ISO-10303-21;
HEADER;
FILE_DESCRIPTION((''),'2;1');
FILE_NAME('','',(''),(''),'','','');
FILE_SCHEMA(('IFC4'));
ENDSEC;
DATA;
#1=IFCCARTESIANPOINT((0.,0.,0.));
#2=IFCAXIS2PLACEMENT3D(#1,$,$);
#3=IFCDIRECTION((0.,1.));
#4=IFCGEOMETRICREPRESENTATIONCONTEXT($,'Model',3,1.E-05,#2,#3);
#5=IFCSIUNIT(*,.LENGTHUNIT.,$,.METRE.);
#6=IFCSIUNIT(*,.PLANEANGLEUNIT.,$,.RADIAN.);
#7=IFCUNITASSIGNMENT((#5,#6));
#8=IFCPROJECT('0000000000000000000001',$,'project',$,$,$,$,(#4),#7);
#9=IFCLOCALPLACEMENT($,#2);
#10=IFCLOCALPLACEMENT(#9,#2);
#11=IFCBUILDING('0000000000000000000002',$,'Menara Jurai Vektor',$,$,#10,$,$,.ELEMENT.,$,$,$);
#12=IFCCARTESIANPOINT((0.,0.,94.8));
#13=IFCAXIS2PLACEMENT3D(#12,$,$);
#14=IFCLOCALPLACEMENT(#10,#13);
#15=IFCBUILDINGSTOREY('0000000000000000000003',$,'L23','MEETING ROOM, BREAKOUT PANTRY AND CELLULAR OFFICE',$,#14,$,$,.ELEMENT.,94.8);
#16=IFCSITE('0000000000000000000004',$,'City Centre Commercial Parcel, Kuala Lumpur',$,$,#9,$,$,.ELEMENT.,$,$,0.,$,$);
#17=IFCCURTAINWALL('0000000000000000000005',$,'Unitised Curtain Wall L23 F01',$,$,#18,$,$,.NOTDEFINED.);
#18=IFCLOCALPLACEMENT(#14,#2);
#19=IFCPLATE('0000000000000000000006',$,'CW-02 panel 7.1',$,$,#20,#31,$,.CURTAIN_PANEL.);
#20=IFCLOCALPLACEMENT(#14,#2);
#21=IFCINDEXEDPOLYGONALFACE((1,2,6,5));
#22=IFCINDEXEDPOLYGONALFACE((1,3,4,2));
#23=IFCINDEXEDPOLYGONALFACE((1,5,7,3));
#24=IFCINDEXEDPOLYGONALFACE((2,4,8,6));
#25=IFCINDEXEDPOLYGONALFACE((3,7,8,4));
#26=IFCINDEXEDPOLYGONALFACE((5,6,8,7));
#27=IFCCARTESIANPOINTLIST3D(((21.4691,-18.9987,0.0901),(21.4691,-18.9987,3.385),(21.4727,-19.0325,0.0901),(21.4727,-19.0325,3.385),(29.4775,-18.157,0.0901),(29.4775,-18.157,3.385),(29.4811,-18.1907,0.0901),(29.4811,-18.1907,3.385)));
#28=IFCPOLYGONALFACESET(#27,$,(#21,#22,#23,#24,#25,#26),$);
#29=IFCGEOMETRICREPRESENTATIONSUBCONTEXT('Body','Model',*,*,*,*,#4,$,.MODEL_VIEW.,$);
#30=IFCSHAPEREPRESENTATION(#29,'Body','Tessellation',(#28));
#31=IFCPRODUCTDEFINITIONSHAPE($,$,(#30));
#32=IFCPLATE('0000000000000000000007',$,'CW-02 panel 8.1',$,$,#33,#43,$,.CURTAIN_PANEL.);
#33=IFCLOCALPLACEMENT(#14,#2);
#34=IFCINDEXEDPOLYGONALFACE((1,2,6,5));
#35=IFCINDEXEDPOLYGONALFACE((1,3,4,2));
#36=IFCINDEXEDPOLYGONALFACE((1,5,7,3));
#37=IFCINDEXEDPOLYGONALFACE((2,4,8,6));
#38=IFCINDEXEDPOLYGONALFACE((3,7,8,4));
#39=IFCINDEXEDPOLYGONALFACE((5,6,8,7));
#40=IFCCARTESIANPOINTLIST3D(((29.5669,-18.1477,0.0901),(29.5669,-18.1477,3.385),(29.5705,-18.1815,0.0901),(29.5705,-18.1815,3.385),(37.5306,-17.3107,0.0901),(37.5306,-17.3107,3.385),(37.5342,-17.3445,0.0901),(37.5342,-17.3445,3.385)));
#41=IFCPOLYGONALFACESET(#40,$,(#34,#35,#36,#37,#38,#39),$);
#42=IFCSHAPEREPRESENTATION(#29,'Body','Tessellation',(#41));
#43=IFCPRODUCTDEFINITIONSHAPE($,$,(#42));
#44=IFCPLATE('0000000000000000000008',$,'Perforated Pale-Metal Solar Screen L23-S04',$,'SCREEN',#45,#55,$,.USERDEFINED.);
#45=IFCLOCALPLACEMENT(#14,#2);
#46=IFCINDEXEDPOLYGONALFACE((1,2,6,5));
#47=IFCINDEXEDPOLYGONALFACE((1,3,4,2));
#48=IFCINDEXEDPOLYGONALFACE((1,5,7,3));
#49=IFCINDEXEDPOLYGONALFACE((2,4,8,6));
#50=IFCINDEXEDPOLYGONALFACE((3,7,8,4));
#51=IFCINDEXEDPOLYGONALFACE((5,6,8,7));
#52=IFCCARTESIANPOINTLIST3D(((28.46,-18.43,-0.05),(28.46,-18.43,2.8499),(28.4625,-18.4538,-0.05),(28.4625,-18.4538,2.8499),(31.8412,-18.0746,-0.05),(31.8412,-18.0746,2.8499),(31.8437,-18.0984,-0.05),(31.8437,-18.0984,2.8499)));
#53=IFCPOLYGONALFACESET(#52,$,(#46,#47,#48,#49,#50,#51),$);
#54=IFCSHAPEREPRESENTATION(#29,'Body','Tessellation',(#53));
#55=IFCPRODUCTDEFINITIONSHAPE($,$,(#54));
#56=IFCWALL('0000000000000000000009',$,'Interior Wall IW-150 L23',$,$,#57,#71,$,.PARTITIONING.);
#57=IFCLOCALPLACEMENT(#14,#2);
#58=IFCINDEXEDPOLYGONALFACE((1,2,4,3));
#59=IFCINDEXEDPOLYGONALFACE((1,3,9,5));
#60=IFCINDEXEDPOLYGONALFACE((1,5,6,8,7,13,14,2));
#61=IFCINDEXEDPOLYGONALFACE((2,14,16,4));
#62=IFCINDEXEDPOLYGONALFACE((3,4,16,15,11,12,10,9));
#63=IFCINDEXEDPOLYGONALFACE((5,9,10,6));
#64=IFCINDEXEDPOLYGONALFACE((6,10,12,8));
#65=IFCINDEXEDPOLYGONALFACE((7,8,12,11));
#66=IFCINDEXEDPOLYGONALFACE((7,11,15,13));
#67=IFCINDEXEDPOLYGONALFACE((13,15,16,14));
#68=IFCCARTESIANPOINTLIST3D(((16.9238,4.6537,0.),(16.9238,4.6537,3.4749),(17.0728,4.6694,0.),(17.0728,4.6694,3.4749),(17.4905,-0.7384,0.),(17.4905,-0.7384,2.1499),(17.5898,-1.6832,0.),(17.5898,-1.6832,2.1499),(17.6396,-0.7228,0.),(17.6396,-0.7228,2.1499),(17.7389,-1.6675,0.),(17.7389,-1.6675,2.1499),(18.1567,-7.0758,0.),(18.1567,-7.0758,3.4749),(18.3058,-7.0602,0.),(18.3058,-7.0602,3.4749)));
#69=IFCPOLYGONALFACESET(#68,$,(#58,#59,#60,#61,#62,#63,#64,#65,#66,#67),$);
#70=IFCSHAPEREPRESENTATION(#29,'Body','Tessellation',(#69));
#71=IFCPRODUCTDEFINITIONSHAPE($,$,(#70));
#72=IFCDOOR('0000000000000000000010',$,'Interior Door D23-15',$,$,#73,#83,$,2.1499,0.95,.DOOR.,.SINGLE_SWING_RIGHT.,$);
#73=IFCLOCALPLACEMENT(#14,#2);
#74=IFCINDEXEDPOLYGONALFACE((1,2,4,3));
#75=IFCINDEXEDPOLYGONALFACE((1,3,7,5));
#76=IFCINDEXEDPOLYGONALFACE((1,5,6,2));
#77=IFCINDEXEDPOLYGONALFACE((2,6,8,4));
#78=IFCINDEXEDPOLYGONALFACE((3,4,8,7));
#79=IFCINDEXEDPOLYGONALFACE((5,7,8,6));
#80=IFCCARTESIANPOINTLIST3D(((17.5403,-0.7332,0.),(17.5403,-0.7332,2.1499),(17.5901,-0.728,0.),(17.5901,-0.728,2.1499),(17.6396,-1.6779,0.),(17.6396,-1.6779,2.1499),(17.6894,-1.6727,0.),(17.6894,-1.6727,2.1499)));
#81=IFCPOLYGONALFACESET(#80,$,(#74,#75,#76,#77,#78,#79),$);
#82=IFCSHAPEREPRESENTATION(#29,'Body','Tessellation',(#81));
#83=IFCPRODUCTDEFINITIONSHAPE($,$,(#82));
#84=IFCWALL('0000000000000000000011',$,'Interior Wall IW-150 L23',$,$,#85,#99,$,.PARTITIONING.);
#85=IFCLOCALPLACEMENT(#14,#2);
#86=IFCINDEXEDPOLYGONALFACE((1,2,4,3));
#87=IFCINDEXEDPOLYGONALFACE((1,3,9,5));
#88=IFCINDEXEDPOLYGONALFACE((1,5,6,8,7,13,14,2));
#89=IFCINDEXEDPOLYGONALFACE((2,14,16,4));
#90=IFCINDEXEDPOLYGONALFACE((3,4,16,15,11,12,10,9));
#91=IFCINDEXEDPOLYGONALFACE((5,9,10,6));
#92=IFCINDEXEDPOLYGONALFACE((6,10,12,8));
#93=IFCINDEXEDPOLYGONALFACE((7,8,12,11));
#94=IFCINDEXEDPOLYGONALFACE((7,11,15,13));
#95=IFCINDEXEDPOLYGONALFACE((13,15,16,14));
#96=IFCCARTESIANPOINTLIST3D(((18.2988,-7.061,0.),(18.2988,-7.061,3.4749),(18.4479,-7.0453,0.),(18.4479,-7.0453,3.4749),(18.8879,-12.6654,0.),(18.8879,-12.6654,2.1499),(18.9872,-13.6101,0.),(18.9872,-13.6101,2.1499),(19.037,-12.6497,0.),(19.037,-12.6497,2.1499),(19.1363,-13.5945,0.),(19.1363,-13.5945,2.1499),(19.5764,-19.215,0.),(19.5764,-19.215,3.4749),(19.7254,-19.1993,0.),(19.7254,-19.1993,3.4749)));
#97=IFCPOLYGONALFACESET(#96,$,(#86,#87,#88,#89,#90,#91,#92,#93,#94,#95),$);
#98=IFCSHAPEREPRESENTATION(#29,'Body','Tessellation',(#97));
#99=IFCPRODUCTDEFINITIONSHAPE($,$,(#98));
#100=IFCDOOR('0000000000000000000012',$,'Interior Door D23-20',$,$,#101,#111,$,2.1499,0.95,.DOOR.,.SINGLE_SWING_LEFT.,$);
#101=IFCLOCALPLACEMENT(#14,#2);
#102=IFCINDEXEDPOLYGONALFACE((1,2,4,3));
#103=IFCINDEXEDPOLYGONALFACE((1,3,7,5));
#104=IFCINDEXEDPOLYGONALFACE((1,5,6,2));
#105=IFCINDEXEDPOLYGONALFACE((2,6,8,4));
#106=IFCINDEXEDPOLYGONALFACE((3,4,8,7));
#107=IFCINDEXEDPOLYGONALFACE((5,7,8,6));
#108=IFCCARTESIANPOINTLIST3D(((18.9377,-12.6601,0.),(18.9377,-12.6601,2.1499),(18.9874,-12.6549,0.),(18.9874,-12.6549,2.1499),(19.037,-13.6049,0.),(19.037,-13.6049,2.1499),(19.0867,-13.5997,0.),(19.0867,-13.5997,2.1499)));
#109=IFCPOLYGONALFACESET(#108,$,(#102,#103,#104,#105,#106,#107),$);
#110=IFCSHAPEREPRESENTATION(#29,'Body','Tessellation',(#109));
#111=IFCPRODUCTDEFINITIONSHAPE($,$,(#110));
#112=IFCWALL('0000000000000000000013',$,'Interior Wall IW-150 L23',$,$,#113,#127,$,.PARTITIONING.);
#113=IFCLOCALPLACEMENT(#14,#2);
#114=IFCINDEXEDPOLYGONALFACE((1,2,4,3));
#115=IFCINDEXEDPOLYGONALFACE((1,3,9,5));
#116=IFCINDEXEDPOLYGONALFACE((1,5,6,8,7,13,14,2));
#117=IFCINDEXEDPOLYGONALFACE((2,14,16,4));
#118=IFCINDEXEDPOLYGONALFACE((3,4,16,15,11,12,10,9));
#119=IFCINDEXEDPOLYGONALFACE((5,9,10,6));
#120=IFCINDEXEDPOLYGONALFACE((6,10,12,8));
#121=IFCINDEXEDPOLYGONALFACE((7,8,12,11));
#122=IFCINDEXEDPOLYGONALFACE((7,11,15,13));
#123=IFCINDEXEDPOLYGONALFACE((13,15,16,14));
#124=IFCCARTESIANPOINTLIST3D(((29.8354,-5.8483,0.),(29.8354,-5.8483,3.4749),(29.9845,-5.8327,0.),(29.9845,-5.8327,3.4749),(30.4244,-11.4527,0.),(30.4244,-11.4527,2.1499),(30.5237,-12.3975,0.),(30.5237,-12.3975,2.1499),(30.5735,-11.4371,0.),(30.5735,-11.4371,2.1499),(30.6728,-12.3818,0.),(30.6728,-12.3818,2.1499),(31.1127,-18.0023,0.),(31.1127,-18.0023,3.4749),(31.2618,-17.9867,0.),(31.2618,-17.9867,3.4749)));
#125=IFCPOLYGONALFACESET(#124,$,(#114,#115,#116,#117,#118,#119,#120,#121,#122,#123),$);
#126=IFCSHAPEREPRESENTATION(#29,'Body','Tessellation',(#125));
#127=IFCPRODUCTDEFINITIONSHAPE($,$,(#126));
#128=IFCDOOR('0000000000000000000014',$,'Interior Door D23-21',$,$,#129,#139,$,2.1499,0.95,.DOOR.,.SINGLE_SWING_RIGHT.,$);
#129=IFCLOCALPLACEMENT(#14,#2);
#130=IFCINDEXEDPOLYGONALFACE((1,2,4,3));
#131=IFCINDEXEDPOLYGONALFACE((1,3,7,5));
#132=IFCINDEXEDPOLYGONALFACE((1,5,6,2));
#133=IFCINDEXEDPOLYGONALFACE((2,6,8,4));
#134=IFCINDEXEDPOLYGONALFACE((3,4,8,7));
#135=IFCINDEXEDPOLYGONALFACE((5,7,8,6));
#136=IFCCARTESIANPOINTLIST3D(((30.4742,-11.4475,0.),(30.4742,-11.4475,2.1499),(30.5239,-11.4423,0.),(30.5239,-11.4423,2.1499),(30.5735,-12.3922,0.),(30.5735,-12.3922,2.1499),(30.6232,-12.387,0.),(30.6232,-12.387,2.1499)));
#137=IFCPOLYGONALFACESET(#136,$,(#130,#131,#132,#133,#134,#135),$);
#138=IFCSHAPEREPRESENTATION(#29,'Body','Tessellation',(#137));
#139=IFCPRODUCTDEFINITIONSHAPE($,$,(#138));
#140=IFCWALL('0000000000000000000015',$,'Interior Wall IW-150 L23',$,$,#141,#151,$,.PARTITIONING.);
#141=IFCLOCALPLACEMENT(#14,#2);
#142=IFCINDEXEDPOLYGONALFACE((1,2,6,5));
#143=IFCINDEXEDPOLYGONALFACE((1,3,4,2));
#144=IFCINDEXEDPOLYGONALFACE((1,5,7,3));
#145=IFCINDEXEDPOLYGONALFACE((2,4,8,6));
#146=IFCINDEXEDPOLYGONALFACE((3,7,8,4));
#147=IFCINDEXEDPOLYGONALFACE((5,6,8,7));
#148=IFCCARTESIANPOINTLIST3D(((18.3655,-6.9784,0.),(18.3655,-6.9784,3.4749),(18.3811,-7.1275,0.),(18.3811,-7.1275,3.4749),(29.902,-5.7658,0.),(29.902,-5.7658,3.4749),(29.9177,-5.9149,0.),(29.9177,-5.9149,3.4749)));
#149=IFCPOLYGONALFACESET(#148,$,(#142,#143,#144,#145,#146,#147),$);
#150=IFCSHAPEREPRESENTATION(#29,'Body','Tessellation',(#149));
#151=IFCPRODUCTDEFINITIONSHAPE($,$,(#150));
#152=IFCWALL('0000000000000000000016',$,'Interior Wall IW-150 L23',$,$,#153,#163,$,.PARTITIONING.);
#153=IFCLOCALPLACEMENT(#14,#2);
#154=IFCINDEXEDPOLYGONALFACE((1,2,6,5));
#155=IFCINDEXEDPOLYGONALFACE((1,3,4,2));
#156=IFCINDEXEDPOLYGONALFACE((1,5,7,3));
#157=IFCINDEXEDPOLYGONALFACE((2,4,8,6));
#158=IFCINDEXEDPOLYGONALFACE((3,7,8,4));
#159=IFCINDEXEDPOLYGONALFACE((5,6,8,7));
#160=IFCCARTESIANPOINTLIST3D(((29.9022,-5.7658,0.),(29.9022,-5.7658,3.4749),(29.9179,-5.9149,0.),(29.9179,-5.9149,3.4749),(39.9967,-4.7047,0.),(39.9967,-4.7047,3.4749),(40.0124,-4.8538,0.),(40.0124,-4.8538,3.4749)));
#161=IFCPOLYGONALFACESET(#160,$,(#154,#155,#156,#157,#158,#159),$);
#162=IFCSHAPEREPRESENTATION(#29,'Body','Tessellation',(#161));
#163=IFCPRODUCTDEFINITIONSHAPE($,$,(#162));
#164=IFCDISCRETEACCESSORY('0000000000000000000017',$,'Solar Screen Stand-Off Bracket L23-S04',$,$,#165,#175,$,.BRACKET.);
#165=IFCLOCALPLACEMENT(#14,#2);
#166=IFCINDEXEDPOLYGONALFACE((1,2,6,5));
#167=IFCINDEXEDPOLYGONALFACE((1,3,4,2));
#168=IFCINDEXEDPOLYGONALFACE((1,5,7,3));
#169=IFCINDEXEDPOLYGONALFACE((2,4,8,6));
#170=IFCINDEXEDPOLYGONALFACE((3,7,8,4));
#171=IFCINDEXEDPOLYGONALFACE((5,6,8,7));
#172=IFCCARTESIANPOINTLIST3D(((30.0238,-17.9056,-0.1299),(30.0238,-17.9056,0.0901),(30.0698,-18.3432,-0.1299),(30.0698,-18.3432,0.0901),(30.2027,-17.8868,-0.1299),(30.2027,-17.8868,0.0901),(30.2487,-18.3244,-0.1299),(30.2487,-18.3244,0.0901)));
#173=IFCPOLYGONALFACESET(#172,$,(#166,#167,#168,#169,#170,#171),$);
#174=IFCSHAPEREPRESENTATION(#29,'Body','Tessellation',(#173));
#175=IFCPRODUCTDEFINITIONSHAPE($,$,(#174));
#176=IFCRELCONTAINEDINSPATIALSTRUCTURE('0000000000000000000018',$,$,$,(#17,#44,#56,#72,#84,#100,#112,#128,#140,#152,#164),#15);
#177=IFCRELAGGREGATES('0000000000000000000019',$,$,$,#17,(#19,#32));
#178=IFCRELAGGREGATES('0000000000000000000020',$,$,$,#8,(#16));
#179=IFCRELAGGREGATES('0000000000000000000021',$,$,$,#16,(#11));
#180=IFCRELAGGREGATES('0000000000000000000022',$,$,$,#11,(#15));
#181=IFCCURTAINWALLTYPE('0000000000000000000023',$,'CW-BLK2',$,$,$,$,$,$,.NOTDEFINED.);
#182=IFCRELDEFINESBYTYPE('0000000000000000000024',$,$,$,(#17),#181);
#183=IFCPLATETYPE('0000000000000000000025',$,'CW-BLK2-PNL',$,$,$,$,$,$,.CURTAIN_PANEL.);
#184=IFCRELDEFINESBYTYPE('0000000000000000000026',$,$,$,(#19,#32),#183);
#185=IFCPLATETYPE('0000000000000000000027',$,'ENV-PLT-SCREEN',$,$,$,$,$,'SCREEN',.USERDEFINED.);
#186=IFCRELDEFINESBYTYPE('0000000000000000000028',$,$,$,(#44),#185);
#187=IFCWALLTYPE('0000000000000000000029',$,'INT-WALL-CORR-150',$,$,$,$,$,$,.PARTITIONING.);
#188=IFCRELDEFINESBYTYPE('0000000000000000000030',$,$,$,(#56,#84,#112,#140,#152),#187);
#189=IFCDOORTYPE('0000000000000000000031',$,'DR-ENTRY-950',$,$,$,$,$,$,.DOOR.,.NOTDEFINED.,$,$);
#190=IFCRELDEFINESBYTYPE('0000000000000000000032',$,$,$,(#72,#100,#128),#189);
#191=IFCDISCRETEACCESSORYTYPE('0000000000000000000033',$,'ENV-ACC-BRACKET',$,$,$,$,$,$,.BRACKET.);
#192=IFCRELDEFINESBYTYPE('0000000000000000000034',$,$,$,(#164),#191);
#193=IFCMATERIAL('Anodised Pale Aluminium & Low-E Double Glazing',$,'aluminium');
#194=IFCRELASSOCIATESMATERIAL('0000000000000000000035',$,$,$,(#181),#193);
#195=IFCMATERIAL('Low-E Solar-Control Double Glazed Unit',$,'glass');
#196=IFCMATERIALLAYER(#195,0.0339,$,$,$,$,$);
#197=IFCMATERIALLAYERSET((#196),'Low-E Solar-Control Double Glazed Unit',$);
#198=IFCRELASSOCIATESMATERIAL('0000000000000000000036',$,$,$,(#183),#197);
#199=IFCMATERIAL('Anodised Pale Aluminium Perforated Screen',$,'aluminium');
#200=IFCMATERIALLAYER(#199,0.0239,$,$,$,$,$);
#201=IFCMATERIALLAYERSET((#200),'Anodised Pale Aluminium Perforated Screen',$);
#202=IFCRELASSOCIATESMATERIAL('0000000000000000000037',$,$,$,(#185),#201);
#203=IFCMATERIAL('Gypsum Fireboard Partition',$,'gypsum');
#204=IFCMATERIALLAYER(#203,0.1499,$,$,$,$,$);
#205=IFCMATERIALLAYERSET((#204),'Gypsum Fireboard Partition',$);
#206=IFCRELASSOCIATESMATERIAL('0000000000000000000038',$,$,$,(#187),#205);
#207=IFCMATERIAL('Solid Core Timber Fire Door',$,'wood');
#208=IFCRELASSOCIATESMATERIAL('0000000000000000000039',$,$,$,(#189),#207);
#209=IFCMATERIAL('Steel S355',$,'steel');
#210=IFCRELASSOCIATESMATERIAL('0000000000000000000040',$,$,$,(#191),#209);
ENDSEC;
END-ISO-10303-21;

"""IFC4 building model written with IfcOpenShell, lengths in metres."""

from ifc_helpers import new_model, si_unit, direction, frame, frame_2d, origin, origin_2d, place, context, subcontext, project, spatial, rectangle, extrude, material, layer, layer_set, type_object, element, fill, aggregate, save


model = new_model("IFC4")

# Units and contexts
model_context = context("Model", 3, precision=1e-05, world=origin(), true_north=direction((0.0, 1.0)))
body_context = subcontext(model_context, "Body", "Model", "MODEL_VIEW")
ifc_project = project(units=[si_unit("LENGTHUNIT", "METRE"), si_unit("PLANEANGLEUNIT", "RADIAN")], contexts=[model_context])

# Site, building, storey
site_placement = place(None, origin())
site = spatial("IfcSite", under=ifc_project, at=site_placement, Name="City Centre Commercial Parcel, Kuala Lumpur", CompositionType="ELEMENT", RefElevation=0.0)
building_placement = place(site_placement, origin())
building = spatial("IfcBuilding", under=site, at=building_placement, Name="Menara Jurai Vektor", CompositionType="ELEMENT")
storey_placement = place(building_placement, frame((0.0, 0.0, 94.8)))
storey = spatial("IfcBuildingStorey", under=building, at=storey_placement, Name="L23", Description="MEETING ROOM, BREAKOUT PANTRY AND CELLULAR OFFICE", CompositionType="ELEMENT", Elevation=94.8)

# Curtain wall
ifc_material_1 = material(Name="Anodised Pale Aluminium & Low-E Double Glazing", Category="aluminium")
curtain_wall_type = type_object("IfcCurtainWallType", Name="CW-BLK2", PredefinedType="NOTDEFINED", material=ifc_material_1)
curtain_wall_placement = place(storey_placement, origin())
curtain_wall = element("IfcCurtainWall", 1, at=curtain_wall_placement, inside=storey, type_object=curtain_wall_type, Name="Unitised Curtain Wall L23 F01", PredefinedType="NOTDEFINED")

# Shared definitions
ifc_material_2 = material(Name="Steel S355", Category="steel")

# Plates
ifc_material_3 = material(Name="Low-E Solar-Control Double Glazed Unit", Category="glass")
ifc_layer_1 = layer(ifc_material_3, 0.0339)
ifc_layer_set_1 = layer_set([ifc_layer_1], Name="Low-E Solar-Control Double Glazed Unit")
plate_type_1 = type_object("IfcPlateType", Name="CW-BLK2-PNL", PredefinedType="CURTAIN_PANEL", material=ifc_layer_set_1)
plate_1_placement = place(storey_placement, frame((25.4751, -18.5947, 0.0901), z_axis=(0.0, 0.0, 1.0), x_axis=(0.994522, 0.104529, 0.0)))
plate_1 = element("IfcPlate", 2, at=plate_1_placement, type_object=plate_type_1, Name="CW-02 panel 7.1", PredefinedType="CURTAIN_PANEL", context=body_context, shape_type="SweptSolid", body=[
    extrude(rectangle(XDim=8.0525, YDim=0.0339, at=origin_2d()), origin(), (0.0, 0.0, 1.0), 3.2949),
])
plate_2_placement = place(storey_placement, frame((33.5505, -17.7461, 0.0901), z_axis=(0.0, 0.0, 1.0), x_axis=(0.994522, 0.104529, 0.0)))
plate_2 = element("IfcPlate", 3, at=plate_2_placement, type_object=plate_type_1, Name="CW-02 panel 8.1", PredefinedType="CURTAIN_PANEL", context=body_context, shape_type="SweptSolid", body=[
    extrude(rectangle(XDim=8.0076, YDim=0.0339, at=origin_2d()), origin(), (0.0, 0.0, 1.0), 3.2949),
])
aggregate(curtain_wall, [plate_1, plate_2])
ifc_material_4 = material(Name="Anodised Pale Aluminium Perforated Screen", Category="aluminium")
ifc_layer_2 = layer(ifc_material_4, 0.0239)
ifc_layer_set_2 = layer_set([ifc_layer_2], Name="Anodised Pale Aluminium Perforated Screen")
plate_type_2 = type_object("IfcPlateType", Name="ENV-PLT-SCREEN", ElementType="SCREEN", PredefinedType="USERDEFINED", material=ifc_layer_set_2)
plate_3_placement = place(storey_placement, frame((30.1519, -18.2642, -0.05), z_axis=(0.0, 0.0, 1.0), x_axis=(0.994522, 0.104528, 0.0)))
element("IfcPlate", 4, at=plate_3_placement, inside=storey, type_object=plate_type_2, Name="Perforated Pale-Metal Solar Screen L23-S04", ObjectType="SCREEN", PredefinedType="USERDEFINED", context=body_context, shape_type="SweptSolid", body=[
    extrude(rectangle(XDim=3.3999, YDim=0.0239, at=origin_2d()), origin(), (0.0, 0.0, 1.0), 2.8999),
])

# Walls, openings, doors
ifc_material_5 = material(Name="Gypsum Fireboard Partition", Category="gypsum")
ifc_layer_3 = layer(ifc_material_5, 0.1499)
ifc_layer_set_3 = layer_set([ifc_layer_3], Name="Gypsum Fireboard Partition")
wall_type = type_object("IfcWallType", Name="INT-WALL-CORR-150", PredefinedType="PARTITIONING", material=ifc_layer_set_3)
wall_1_placement = place(storey_placement, frame((18.2312, -7.0679, 0.0), z_axis=(0.0, 0.0, 1.0), x_axis=(-0.104536, 0.994521, 0.0)))
wall_1 = element("IfcWall", 5, at=wall_1_placement, inside=storey, type_object=wall_type, Name="Interior Wall IW-150 L23", PredefinedType="PARTITIONING", context=body_context, shape_type="SweptSolid", body=[
    extrude(rectangle(XDim=11.7942, YDim=0.1499, at=frame_2d((5.897, 0.0))), origin(), (0.0, 0.0, 1.0), 3.4749),
])
opening_1_placement = place(wall_1_placement, frame((5.4221, 0.0, 0.0)))
opening_1 = element("IfcOpeningElement", 6, at=opening_1_placement, cuts=wall_1, PredefinedType="OPENING", context=body_context, shape_type="SweptSolid", body=[
    extrude(rectangle(XDim=0.95, YDim=2.1499, at=frame_2d((0.4751, 1.075))), frame((0.0, 0.085, 0.0), z_axis=(0.0, -1.0, 0.0), x_axis=(1.0, 0.0, 0.0)), (0.0, 0.0, 1.0), 0.1699),
])
ifc_material_6 = material(Name="Solid Core Timber Fire Door", Category="wood")
door_type = type_object("IfcDoorType", Name="DR-ENTRY-950", OperationType="NOTDEFINED", PredefinedType="DOOR", material=ifc_material_6)
door_1_placement = place(opening_1_placement, origin())
door_1 = element("IfcDoor", 7, at=door_1_placement, inside=storey, type_object=door_type, Name="Interior Door D23-15", OperationType="SINGLE_SWING_RIGHT", OverallHeight=2.1499, OverallWidth=0.95, PredefinedType="DOOR", context=body_context, shape_type="SweptSolid", body=[
    extrude(rectangle(XDim=0.95, YDim=2.1499, at=frame_2d((0.4751, 1.075))), frame((0.0, 0.0249, 0.0), z_axis=(0.0, -1.0, 0.0), x_axis=(1.0, 0.0, 0.0)), (0.0, 0.0, 1.0), 0.05),
])
fill(opening_1, door_1)
wall_2_placement = place(storey_placement, frame((19.6509, -19.207, 0.0), z_axis=(0.0, 0.0, 1.0), x_axis=(-0.10454, 0.994521, 0.0)))
wall_2 = element("IfcWall", 8, at=wall_2_placement, inside=storey, type_object=wall_type, Name="Interior Wall IW-150 L23", PredefinedType="PARTITIONING", context=body_context, shape_type="SweptSolid", body=[
    extrude(rectangle(XDim=12.2209, YDim=0.1499, at=frame_2d((6.1104, 0.0))), origin(), (0.0, 0.0, 1.0), 3.4749),
])
opening_2_placement = place(wall_2_placement, frame((5.6355, 0.0, 0.0)))
opening_2 = element("IfcOpeningElement", 9, at=opening_2_placement, cuts=wall_2, PredefinedType="OPENING", context=body_context, shape_type="SweptSolid", body=[
    extrude(rectangle(XDim=0.95, YDim=2.1499, at=frame_2d((0.4751, 1.075))), frame((0.0, 0.085, 0.0), z_axis=(0.0, -1.0, 0.0), x_axis=(1.0, 0.0, 0.0)), (0.0, 0.0, 1.0), 0.1699),
])
door_2_placement = place(opening_2_placement, origin())
door_2 = element("IfcDoor", 10, at=door_2_placement, inside=storey, type_object=door_type, Name="Interior Door D23-20", OperationType="SINGLE_SWING_LEFT", OverallHeight=2.1499, OverallWidth=0.95, PredefinedType="DOOR", context=body_context, shape_type="SweptSolid", body=[
    extrude(rectangle(XDim=0.95, YDim=2.1499, at=frame_2d((0.4751, 1.075))), frame((0.0, 0.0249, 0.0), z_axis=(0.0, -1.0, 0.0), x_axis=(1.0, 0.0, 0.0)), (0.0, 0.0, 1.0), 0.05),
])
fill(opening_2, door_2)
wall_3_placement = place(storey_placement, frame((31.1873, -17.9944, 0.0), z_axis=(0.0, 0.0, 1.0), x_axis=(-0.10452, 0.994523, 0.0)))
wall_3 = element("IfcWall", 11, at=wall_3_placement, inside=storey, type_object=wall_type, Name="Interior Wall IW-150 L23", PredefinedType="PARTITIONING", context=body_context, shape_type="SweptSolid", body=[
    extrude(rectangle(XDim=12.2209, YDim=0.1499, at=frame_2d((6.1104, 0.0))), origin(), (0.0, 0.0, 1.0), 3.4749),
])
opening_3_placement = place(wall_3_placement, frame((5.6355, 0.0, 0.0)))
opening_3 = element("IfcOpeningElement", 12, at=opening_3_placement, cuts=wall_3, PredefinedType="OPENING", context=body_context, shape_type="SweptSolid", body=[
    extrude(rectangle(XDim=0.95, YDim=2.1499, at=frame_2d((0.4751, 1.075))), frame((0.0, 0.085, 0.0), z_axis=(0.0, -1.0, 0.0), x_axis=(1.0, 0.0, 0.0)), (0.0, 0.0, 1.0), 0.1699),
])
door_3_placement = place(opening_3_placement, origin())
door_3 = element("IfcDoor", 13, at=door_3_placement, inside=storey, type_object=door_type, Name="Interior Door D23-21", OperationType="SINGLE_SWING_RIGHT", OverallHeight=2.1499, OverallWidth=0.95, PredefinedType="DOOR", context=body_context, shape_type="SweptSolid", body=[
    extrude(rectangle(XDim=0.95, YDim=2.1499, at=frame_2d((0.4751, 1.075))), frame((0.0, 0.0249, 0.0), z_axis=(0.0, -1.0, 0.0), x_axis=(1.0, 0.0, 0.0)), (0.0, 0.0, 1.0), 0.05),
])
fill(opening_3, door_3)

# Walls
wall_4_placement = place(storey_placement, frame((18.3733, -7.053, 0.0), z_axis=(0.0, 0.0, 1.0), x_axis=(0.994521, 0.104537, 0.0)))
element("IfcWall", 14, at=wall_4_placement, inside=storey, type_object=wall_type, Name="Interior Wall IW-150 L23", PredefinedType="PARTITIONING", context=body_context, shape_type="SweptSolid", body=[
    extrude(rectangle(XDim=11.6001, YDim=0.1499, at=frame_2d((5.8, 0.0))), origin(), (0.0, 0.0, 1.0), 3.4749),
])
wall_5_placement = place(storey_placement, frame((29.9099, -5.8403, 0.0), z_axis=(0.0, 0.0, 1.0), x_axis=(0.994521, 0.104535, 0.0)))
element("IfcWall", 15, at=wall_5_placement, inside=storey, type_object=wall_type, Name="Interior Wall IW-150 L23", PredefinedType="PARTITIONING", context=body_context, shape_type="SweptSolid", body=[
    extrude(rectangle(XDim=10.1501, YDim=0.1499, at=frame_2d((5.0752, 0.0))), origin(), (0.0, 0.0, 1.0), 3.4749),
])

# Discrete accessory
discrete_accessory_type = type_object("IfcDiscreteAccessoryType", Name="ENV-ACC-BRACKET", PredefinedType="BRACKET", material=ifc_material_2)
discrete_accessory_placement = place(storey_placement, frame((30.1362, -18.115, -0.1299), z_axis=(0.0, 0.0, 1.0), x_axis=(0.994522, 0.104528, 0.0)))
element("IfcDiscreteAccessory", 16, at=discrete_accessory_placement, inside=storey, type_object=discrete_accessory_type, Name="Solar Screen Stand-Off Bracket L23-S04", PredefinedType="BRACKET", context=body_context, shape_type="SweptSolid", body=[
    extrude(rectangle(XDim=0.1799, YDim=0.4399, at=origin_2d()), origin(), (0.0, 0.0, 1.0), 0.22),
])

save(model, "model.ifc")
